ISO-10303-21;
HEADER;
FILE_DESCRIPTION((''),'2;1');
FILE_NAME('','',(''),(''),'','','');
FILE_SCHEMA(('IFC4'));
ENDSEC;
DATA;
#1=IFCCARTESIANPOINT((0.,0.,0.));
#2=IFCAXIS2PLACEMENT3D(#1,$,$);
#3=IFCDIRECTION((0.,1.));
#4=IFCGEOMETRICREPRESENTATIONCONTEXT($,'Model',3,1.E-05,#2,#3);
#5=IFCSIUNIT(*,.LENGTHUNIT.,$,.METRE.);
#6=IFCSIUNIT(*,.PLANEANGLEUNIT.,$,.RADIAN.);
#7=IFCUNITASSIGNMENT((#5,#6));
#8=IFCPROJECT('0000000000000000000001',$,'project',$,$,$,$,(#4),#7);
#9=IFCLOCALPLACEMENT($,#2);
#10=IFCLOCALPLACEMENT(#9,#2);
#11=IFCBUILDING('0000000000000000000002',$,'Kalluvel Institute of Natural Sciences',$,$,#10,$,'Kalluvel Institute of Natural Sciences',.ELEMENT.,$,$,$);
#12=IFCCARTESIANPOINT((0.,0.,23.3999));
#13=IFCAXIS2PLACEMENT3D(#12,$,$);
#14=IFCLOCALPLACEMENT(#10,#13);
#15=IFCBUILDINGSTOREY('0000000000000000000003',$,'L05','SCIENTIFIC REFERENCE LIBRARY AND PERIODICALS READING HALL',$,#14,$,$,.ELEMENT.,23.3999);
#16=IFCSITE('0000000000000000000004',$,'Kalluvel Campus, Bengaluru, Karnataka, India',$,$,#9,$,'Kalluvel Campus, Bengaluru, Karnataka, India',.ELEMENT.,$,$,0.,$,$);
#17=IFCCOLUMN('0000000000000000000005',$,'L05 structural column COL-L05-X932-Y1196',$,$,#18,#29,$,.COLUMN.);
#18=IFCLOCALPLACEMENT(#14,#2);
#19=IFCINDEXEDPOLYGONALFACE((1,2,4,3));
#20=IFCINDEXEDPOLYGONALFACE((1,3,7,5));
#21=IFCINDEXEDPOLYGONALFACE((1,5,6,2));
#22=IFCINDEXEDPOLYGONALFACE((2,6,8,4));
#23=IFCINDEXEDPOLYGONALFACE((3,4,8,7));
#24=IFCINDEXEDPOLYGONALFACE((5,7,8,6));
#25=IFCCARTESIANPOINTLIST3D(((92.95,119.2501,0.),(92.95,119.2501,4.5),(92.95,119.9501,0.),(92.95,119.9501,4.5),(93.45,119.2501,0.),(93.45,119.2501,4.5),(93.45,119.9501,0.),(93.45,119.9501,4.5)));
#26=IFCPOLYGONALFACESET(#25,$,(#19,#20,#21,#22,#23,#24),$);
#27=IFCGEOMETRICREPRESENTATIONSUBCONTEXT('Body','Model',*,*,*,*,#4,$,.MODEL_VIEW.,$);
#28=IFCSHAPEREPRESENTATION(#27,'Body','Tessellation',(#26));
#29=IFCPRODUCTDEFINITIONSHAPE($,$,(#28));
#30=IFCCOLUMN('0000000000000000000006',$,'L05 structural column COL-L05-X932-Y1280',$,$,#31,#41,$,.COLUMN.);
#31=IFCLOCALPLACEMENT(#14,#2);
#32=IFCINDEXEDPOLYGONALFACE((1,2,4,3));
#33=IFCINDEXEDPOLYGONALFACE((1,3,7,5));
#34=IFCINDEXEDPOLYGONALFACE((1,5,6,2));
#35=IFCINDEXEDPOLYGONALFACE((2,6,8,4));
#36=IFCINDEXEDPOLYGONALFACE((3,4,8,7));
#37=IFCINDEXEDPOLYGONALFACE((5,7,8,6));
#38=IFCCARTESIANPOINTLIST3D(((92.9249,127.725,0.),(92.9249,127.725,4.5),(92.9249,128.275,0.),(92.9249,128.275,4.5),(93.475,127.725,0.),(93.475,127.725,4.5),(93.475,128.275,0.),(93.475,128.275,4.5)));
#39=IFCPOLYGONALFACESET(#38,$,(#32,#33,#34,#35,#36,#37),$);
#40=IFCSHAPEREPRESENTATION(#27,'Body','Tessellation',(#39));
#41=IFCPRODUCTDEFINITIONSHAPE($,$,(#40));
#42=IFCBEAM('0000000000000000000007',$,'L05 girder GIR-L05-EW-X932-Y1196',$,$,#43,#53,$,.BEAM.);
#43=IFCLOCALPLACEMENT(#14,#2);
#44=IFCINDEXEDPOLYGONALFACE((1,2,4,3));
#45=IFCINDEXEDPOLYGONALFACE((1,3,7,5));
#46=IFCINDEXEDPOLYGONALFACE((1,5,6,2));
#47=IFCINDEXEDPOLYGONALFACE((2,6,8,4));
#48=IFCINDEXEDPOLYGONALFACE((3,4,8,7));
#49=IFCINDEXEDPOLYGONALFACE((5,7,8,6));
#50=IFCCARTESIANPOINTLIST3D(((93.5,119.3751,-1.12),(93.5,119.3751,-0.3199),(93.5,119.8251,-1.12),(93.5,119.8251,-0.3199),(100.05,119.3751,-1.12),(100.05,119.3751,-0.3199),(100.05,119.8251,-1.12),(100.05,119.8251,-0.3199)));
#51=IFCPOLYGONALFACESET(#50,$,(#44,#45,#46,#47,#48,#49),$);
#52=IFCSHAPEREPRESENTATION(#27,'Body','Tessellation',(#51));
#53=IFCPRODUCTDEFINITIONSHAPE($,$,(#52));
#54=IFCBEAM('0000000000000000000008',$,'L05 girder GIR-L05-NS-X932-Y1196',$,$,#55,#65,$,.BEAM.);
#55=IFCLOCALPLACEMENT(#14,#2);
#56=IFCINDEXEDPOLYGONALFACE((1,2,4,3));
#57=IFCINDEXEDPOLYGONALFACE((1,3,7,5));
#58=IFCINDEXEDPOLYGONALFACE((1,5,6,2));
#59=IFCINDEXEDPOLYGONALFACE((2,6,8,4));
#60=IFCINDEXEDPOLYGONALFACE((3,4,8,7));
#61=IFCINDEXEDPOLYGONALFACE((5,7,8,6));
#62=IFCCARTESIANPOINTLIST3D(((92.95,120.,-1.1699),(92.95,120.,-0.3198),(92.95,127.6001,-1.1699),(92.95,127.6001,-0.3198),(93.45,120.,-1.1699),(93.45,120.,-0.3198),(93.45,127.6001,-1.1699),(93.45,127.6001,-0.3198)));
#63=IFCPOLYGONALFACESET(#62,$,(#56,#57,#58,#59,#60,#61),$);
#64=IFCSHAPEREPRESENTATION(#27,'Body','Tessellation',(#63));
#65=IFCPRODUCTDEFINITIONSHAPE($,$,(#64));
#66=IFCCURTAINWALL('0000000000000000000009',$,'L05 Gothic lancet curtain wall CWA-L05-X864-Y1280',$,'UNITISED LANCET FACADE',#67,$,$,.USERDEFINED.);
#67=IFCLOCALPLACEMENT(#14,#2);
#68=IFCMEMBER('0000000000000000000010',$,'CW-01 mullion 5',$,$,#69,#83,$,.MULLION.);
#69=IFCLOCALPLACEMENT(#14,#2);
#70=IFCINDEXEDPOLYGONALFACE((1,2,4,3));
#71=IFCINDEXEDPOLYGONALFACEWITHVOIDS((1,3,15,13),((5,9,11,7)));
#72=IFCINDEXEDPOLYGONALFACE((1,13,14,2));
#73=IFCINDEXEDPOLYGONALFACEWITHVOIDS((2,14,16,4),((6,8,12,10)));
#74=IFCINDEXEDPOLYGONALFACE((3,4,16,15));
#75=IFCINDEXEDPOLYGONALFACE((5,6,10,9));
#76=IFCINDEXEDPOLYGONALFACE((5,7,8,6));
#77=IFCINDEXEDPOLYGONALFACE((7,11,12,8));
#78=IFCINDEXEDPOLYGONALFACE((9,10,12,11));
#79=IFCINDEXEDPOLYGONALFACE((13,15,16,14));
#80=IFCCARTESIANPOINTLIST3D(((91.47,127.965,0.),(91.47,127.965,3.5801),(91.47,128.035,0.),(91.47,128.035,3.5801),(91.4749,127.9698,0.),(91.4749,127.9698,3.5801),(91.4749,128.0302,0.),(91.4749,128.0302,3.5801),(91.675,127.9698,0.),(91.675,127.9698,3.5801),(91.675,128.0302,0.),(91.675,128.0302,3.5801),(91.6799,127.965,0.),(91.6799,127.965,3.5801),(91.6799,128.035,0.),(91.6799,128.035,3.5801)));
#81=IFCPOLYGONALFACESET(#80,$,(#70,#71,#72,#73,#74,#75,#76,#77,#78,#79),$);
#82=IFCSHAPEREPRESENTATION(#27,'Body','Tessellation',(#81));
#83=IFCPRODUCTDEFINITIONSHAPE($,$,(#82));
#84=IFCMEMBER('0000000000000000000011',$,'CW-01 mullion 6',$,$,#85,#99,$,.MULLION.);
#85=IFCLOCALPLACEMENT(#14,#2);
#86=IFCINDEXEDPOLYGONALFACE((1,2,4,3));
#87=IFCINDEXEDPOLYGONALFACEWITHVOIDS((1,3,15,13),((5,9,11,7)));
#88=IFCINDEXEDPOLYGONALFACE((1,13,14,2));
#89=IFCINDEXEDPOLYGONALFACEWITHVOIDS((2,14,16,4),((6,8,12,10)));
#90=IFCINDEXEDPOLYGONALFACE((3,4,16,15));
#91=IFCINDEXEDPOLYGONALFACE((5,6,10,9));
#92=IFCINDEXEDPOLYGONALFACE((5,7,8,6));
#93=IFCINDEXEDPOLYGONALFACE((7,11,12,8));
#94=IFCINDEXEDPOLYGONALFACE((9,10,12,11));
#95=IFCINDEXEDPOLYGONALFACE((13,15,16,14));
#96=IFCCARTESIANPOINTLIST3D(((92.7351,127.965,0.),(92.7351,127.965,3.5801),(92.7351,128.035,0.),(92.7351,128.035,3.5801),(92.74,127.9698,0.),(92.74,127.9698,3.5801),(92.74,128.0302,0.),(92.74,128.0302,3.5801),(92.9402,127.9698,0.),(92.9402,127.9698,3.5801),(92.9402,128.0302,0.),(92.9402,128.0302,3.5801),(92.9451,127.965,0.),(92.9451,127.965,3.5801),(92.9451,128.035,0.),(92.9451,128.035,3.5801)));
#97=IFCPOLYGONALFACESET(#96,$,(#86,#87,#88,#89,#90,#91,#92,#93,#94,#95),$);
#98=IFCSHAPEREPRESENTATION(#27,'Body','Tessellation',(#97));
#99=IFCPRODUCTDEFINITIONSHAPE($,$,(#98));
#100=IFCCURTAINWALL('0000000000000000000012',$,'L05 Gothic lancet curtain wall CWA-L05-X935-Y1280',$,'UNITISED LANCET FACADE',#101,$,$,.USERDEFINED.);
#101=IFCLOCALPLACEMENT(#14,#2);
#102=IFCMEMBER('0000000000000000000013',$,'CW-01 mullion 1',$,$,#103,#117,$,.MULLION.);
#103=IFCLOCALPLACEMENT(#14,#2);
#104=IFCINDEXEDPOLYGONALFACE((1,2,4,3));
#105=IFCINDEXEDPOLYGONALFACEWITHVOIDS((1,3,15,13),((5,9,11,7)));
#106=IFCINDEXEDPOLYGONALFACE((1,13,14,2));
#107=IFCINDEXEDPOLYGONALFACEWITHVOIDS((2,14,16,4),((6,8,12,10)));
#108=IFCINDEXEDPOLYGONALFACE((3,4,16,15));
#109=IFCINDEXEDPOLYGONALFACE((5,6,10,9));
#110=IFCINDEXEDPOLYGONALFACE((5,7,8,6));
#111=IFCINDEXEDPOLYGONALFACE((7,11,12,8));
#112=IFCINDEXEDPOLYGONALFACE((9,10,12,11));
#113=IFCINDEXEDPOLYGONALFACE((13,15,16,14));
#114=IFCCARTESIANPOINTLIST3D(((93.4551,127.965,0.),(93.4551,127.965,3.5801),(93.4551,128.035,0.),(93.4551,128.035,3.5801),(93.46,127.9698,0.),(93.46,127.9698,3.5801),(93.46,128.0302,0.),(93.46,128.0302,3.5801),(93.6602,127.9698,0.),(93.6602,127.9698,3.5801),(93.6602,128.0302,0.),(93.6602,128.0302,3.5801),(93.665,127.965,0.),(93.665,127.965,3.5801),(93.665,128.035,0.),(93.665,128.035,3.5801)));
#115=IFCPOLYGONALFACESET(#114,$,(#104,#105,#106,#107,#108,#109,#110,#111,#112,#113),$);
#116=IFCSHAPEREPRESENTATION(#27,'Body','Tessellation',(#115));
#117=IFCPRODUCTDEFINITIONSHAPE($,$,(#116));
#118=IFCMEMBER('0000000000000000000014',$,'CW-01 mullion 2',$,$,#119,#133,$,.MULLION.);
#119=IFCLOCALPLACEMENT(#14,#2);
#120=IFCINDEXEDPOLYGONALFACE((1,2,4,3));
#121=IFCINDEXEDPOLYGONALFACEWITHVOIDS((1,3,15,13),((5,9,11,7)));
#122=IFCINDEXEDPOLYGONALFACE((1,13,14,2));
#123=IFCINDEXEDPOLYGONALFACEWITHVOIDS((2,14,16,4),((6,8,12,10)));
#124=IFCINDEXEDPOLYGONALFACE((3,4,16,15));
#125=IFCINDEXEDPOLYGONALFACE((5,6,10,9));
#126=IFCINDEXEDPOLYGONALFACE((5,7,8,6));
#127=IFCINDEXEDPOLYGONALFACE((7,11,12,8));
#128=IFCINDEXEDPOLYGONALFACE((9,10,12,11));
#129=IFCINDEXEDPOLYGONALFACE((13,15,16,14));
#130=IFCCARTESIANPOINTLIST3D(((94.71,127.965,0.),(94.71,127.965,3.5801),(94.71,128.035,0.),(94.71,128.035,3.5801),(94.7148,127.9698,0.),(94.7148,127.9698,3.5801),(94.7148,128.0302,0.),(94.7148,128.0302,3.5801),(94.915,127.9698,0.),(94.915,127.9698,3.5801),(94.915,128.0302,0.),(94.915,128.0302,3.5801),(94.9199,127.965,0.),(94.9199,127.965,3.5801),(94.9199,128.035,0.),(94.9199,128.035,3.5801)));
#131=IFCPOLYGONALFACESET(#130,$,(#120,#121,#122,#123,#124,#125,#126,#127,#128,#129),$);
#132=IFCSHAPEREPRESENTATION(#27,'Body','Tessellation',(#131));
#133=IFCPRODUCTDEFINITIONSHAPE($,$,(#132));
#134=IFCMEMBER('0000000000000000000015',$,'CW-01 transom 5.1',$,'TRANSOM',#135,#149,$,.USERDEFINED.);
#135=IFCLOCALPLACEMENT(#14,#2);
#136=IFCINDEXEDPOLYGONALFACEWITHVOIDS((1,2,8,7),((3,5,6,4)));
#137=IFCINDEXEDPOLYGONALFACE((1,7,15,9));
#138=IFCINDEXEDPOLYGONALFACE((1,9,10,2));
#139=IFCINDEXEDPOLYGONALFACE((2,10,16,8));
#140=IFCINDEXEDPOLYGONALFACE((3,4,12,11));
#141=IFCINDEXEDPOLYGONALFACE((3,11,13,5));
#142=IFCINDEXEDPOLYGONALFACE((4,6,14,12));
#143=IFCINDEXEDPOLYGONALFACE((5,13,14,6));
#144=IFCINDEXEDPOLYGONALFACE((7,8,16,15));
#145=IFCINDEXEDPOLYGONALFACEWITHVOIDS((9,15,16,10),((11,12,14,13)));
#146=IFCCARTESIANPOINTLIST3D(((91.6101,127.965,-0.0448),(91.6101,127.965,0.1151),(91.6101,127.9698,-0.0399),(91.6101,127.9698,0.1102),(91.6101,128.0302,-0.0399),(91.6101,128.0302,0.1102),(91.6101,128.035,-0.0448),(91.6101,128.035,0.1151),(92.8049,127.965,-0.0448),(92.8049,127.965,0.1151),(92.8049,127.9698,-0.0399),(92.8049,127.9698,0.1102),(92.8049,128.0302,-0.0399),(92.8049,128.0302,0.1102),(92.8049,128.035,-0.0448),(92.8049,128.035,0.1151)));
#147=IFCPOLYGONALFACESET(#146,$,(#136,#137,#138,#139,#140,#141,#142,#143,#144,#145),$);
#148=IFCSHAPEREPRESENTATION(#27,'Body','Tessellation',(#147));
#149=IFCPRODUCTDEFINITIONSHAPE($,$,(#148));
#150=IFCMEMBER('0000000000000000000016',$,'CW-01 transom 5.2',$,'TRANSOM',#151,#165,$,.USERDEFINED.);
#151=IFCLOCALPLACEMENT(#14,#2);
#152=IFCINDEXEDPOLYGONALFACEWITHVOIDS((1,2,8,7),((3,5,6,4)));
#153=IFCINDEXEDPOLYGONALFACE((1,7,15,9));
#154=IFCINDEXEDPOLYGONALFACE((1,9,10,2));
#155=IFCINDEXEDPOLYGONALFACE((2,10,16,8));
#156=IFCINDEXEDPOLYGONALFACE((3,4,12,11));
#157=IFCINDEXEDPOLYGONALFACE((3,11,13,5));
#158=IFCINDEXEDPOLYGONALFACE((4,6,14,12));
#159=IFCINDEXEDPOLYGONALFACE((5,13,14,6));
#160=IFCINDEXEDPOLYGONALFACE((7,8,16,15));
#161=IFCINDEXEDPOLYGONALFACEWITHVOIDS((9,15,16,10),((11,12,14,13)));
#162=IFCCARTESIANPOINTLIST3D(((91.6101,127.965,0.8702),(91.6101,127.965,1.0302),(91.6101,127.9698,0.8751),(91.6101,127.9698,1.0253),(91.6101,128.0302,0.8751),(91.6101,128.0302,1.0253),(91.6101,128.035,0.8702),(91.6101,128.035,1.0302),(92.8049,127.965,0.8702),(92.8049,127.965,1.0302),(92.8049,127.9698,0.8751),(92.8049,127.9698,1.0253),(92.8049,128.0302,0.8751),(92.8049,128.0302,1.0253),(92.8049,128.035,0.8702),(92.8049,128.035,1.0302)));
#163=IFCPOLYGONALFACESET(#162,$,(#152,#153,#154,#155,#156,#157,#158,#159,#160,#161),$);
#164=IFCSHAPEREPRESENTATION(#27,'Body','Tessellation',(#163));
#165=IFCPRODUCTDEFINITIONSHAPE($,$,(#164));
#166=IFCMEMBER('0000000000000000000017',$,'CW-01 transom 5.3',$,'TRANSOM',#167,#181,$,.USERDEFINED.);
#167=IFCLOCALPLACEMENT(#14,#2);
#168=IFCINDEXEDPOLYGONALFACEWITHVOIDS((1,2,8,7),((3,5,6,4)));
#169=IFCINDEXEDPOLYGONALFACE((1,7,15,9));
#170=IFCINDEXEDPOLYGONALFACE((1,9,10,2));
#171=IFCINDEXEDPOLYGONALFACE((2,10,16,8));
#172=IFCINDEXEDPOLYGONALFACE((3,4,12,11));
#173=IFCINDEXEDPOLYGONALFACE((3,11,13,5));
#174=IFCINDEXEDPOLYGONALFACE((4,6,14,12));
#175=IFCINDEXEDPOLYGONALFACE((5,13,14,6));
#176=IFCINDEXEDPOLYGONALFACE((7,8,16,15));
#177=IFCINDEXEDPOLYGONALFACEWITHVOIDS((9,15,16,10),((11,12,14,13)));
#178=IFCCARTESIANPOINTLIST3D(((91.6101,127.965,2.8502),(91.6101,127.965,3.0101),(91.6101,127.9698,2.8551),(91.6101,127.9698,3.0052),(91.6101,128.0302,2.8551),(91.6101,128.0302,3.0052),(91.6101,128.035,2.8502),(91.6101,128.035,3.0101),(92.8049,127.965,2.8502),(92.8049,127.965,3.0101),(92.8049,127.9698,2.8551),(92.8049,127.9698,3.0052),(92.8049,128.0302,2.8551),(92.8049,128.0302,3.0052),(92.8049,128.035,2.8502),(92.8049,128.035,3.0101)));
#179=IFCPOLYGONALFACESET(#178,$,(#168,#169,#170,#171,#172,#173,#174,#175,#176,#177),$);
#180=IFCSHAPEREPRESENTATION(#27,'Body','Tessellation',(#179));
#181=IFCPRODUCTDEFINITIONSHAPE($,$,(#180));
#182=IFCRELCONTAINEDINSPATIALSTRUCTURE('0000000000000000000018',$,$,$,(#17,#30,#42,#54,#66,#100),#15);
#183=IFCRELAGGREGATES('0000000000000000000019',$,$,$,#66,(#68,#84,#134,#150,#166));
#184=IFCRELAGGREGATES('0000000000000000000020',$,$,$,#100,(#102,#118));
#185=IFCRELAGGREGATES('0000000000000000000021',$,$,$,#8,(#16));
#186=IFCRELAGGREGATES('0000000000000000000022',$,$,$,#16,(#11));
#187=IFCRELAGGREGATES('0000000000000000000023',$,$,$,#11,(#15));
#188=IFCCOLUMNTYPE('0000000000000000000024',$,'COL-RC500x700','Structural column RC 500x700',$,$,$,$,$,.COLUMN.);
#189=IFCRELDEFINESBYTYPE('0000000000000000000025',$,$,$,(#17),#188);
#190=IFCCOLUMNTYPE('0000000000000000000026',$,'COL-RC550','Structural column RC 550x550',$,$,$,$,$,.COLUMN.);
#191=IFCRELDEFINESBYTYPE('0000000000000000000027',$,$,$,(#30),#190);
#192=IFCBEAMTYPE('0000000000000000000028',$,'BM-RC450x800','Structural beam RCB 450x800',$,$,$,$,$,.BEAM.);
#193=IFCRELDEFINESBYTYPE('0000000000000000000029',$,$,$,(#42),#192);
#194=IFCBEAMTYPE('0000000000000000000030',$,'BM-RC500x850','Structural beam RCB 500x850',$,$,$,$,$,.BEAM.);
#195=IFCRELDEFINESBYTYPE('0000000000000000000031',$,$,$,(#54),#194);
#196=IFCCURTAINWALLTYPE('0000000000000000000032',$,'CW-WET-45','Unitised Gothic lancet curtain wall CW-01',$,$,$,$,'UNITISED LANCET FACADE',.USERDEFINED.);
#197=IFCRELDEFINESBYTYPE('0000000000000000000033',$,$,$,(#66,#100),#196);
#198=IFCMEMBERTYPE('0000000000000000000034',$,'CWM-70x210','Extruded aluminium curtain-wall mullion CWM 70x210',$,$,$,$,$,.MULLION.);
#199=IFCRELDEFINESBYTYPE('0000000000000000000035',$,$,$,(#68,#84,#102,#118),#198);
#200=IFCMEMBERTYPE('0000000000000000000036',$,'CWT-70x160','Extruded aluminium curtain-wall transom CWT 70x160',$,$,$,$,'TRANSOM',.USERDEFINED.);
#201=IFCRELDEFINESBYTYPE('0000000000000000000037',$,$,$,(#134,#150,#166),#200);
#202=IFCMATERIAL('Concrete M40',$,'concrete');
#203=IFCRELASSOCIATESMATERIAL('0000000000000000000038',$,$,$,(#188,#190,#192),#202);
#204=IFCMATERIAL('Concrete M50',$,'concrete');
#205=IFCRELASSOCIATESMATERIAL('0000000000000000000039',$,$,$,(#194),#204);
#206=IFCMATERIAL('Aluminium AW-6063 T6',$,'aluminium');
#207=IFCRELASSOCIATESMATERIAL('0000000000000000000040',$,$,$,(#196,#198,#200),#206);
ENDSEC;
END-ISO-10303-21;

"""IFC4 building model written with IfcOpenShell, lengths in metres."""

from ifc_helpers import new_model, si_unit, direction, frame, origin, origin_2d, place, context, subcontext, project, spatial, rectangle, hollow_rectangle, extrude, material, material_profile, profile_set, type_object, element, aggregate, save


model = new_model("IFC4")

# Units and contexts
model_context = context("Model", 3, precision=1e-05, world=origin(), true_north=direction((0.0, 1.0)))
body_context = subcontext(model_context, "Body", "Model", "MODEL_VIEW")
ifc_project = project(units=[si_unit("LENGTHUNIT", "METRE"), si_unit("PLANEANGLEUNIT", "RADIAN")], contexts=[model_context])

# Site, building, storey
site_placement = place(None, origin())
site = spatial("IfcSite", under=ifc_project, at=site_placement, Name="Kalluvel Campus, Bengaluru, Karnataka, India", LongName="Kalluvel Campus, Bengaluru, Karnataka, India", CompositionType="ELEMENT", RefElevation=0.0)
building_placement = place(site_placement, origin())
building = spatial("IfcBuilding", under=site, at=building_placement, Name="Kalluvel Institute of Natural Sciences", LongName="Kalluvel Institute of Natural Sciences", CompositionType="ELEMENT")
storey_placement = place(building_placement, frame((0.0, 0.0, 23.3999)))
storey = spatial("IfcBuildingStorey", under=building, at=storey_placement, Name="L05", Description="SCIENTIFIC REFERENCE LIBRARY AND PERIODICALS READING HALL", CompositionType="ELEMENT", Elevation=23.3999)

# Columns
ifc_material_1 = material(Name="Concrete M40", Category="concrete")
ifc_material_profile_1 = material_profile(ifc_material_1, rectangle(XDim=0.5, YDim=0.7, at=origin_2d()), Name="RC 500x700")
ifc_profile_set_1 = profile_set([ifc_material_profile_1], Name="Concrete M40")
column_type_1 = type_object("IfcColumnType", Name="COL-RC500x700", Description="Structural column RC 500x700", PredefinedType="COLUMN", material=ifc_profile_set_1)
column_1_placement = place(storey_placement, frame((93.2, 119.6001, 0.0), z_axis=(0.0, 0.0, 1.0), x_axis=(1.0, 0.0, 0.0)))
element("IfcColumn", 1, at=column_1_placement, inside=storey, type_object=column_type_1, Name="L05 structural column COL-L05-X932-Y1196", PredefinedType="COLUMN", context=body_context, shape_type="SweptSolid", body=[
    extrude(rectangle(XDim=0.5, YDim=0.7, at=origin_2d()), origin(), (0.0, 0.0, 1.0), 4.5),
])
ifc_material_profile_2 = material_profile(ifc_material_1, rectangle(XDim=0.55, YDim=0.55, at=origin_2d()), Name="RC 550x550")
ifc_profile_set_2 = profile_set([ifc_material_profile_2], Name="Concrete M40")
column_type_2 = type_object("IfcColumnType", Name="COL-RC550", Description="Structural column RC 550x550", PredefinedType="COLUMN", material=ifc_profile_set_2)
column_2_placement = place(storey_placement, frame((93.2, 128.0, 0.0), z_axis=(0.0, 0.0, 1.0), x_axis=(1.0, 0.0, 0.0)))
element("IfcColumn", 2, at=column_2_placement, inside=storey, type_object=column_type_2, Name="L05 structural column COL-L05-X932-Y1280", PredefinedType="COLUMN", context=body_context, shape_type="SweptSolid", body=[
    extrude(rectangle(XDim=0.55, YDim=0.55, at=origin_2d()), origin(), (0.0, 0.0, 1.0), 4.5),
])

# Beams
ifc_material_profile_3 = material_profile(ifc_material_1, rectangle(XDim=0.45, YDim=0.8, at=origin_2d()), Name="RCB 450x800")
ifc_profile_set_3 = profile_set([ifc_material_profile_3], Name="Concrete M40")
beam_type_1 = type_object("IfcBeamType", Name="BM-RC450x800", Description="Structural beam RCB 450x800", PredefinedType="BEAM", material=ifc_profile_set_3)
beam_1_placement = place(storey_placement, frame((93.5, 119.6001, -0.72), z_axis=(1.0, 0.0, 0.0), x_axis=(0.0, 1.0, 0.0)))
element("IfcBeam", 3, at=beam_1_placement, inside=storey, type_object=beam_type_1, Name="L05 girder GIR-L05-EW-X932-Y1196", PredefinedType="BEAM", context=body_context, shape_type="SweptSolid", body=[
    extrude(rectangle(XDim=0.45, YDim=0.8, at=origin_2d()), origin(), (0.0, 0.0, 1.0), 6.55),
])
ifc_material_2 = material(Name="Concrete M50", Category="concrete")
ifc_material_profile_4 = material_profile(ifc_material_2, rectangle(XDim=0.5, YDim=0.8501, at=origin_2d()), Name="RCB 500x850")
ifc_profile_set_4 = profile_set([ifc_material_profile_4], Name="Concrete M50")
beam_type_2 = type_object("IfcBeamType", Name="BM-RC500x850", Description="Structural beam RCB 500x850", PredefinedType="BEAM", material=ifc_profile_set_4)
beam_2_placement = place(storey_placement, frame((93.2, 120.0, -0.7449), z_axis=(0.0, 1.0, 0.0), x_axis=(-1.0, 0.0, 0.0)))
element("IfcBeam", 4, at=beam_2_placement, inside=storey, type_object=beam_type_2, Name="L05 girder GIR-L05-NS-X932-Y1196", PredefinedType="BEAM", context=body_context, shape_type="SweptSolid", body=[
    extrude(rectangle(XDim=0.5, YDim=0.8501, at=origin_2d()), origin(), (0.0, 0.0, 1.0), 7.6001),
])

# Curtain walls, members
ifc_material_3 = material(Name="Aluminium AW-6063 T6", Category="aluminium")
curtain_wall_type = type_object("IfcCurtainWallType", Name="CW-WET-45", Description="Unitised Gothic lancet curtain wall CW-01", ElementType="UNITISED LANCET FACADE", PredefinedType="USERDEFINED", material=ifc_material_3)
curtain_wall_1_placement = place(storey_placement, origin())
curtain_wall_1 = element("IfcCurtainWall", 5, at=curtain_wall_1_placement, inside=storey, type_object=curtain_wall_type, Name="L05 Gothic lancet curtain wall CWA-L05-X864-Y1280", ObjectType="UNITISED LANCET FACADE", PredefinedType="USERDEFINED")
ifc_material_profile_5 = material_profile(ifc_material_3, hollow_rectangle(XDim=0.0701, YDim=0.21, WallThickness=0.0049, at=origin_2d()), Name="CWM 70x210")
ifc_profile_set_5 = profile_set([ifc_material_profile_5], Name="Aluminium AW-6063 T6")
member_type_1 = type_object("IfcMemberType", Name="CWM-70x210", Description="Extruded aluminium curtain-wall mullion CWM 70x210", PredefinedType="MULLION", material=ifc_profile_set_5)
member_1_placement = place(storey_placement, frame((91.575, 128.0, 0.0), z_axis=(0.0, 0.0, 1.0), x_axis=(0.0, 1.0, 0.0)))
member_1 = element("IfcMember", 6, at=member_1_placement, type_object=member_type_1, Name="CW-01 mullion 5", PredefinedType="MULLION", context=body_context, shape_type="SweptSolid", body=[
    extrude(hollow_rectangle(XDim=0.0701, YDim=0.21, WallThickness=0.0049, at=origin_2d()), origin(), (0.0, 0.0, 1.0), 3.5801),
])
member_2_placement = place(storey_placement, frame((92.8401, 128.0, 0.0), z_axis=(0.0, 0.0, 1.0), x_axis=(0.0, 1.0, 0.0)))
member_2 = element("IfcMember", 7, at=member_2_placement, type_object=member_type_1, Name="CW-01 mullion 6", PredefinedType="MULLION", context=body_context, shape_type="SweptSolid", body=[
    extrude(hollow_rectangle(XDim=0.0701, YDim=0.21, WallThickness=0.0049, at=origin_2d()), origin(), (0.0, 0.0, 1.0), 3.5801),
])
curtain_wall_2_placement = place(storey_placement, origin())
curtain_wall_2 = element("IfcCurtainWall", 8, at=curtain_wall_2_placement, inside=storey, type_object=curtain_wall_type, Name="L05 Gothic lancet curtain wall CWA-L05-X935-Y1280", ObjectType="UNITISED LANCET FACADE", PredefinedType="USERDEFINED")
member_3_placement = place(storey_placement, frame((93.5601, 128.0, 0.0), z_axis=(0.0, 0.0, 1.0), x_axis=(0.0, 1.0, 0.0)))
member_3 = element("IfcMember", 9, at=member_3_placement, type_object=member_type_1, Name="CW-01 mullion 1", PredefinedType="MULLION", context=body_context, shape_type="SweptSolid", body=[
    extrude(hollow_rectangle(XDim=0.0701, YDim=0.21, WallThickness=0.0049, at=origin_2d()), origin(), (0.0, 0.0, 1.0), 3.5801),
])
member_4_placement = place(storey_placement, frame((94.8149, 128.0, 0.0), z_axis=(0.0, 0.0, 1.0), x_axis=(0.0, 1.0, 0.0)))
member_4 = element("IfcMember", 10, at=member_4_placement, type_object=member_type_1, Name="CW-01 mullion 2", PredefinedType="MULLION", context=body_context, shape_type="SweptSolid", body=[
    extrude(hollow_rectangle(XDim=0.0701, YDim=0.21, WallThickness=0.0049, at=origin_2d()), origin(), (0.0, 0.0, 1.0), 3.5801),
])

# Members
ifc_material_profile_6 = material_profile(ifc_material_3, hollow_rectangle(XDim=0.0701, YDim=0.1599, WallThickness=0.0049, at=origin_2d()), Name="CWT 70x160")
ifc_profile_set_6 = profile_set([ifc_material_profile_6], Name="Aluminium AW-6063 T6")
member_type_2 = type_object("IfcMemberType", Name="CWT-70x160", Description="Extruded aluminium curtain-wall transom CWT 70x160", ElementType="TRANSOM", PredefinedType="USERDEFINED", material=ifc_profile_set_6)
member_5_placement = place(storey_placement, frame((91.6101, 128.0, 0.0352), z_axis=(1.0, 0.0, 0.0), x_axis=(0.0, 1.0, 0.0)))
member_5 = element("IfcMember", 11, at=member_5_placement, type_object=member_type_2, Name="CW-01 transom 5.1", ObjectType="TRANSOM", PredefinedType="USERDEFINED", context=body_context, shape_type="SweptSolid", body=[
    extrude(hollow_rectangle(XDim=0.0701, YDim=0.1599, WallThickness=0.0049, at=origin_2d()), origin(), (0.0, 0.0, 1.0), 1.1948),
])
member_6_placement = place(storey_placement, frame((91.6101, 128.0, 0.9502), z_axis=(1.0, 0.0, 0.0), x_axis=(0.0, 1.0, 0.0)))
member_6 = element("IfcMember", 12, at=member_6_placement, type_object=member_type_2, Name="CW-01 transom 5.2", ObjectType="TRANSOM", PredefinedType="USERDEFINED", context=body_context, shape_type="SweptSolid", body=[
    extrude(hollow_rectangle(XDim=0.0701, YDim=0.1599, WallThickness=0.0049, at=origin_2d()), origin(), (0.0, 0.0, 1.0), 1.1948),
])
member_7_placement = place(storey_placement, frame((91.6101, 128.0, 2.9302), z_axis=(1.0, 0.0, 0.0), x_axis=(0.0, 1.0, 0.0)))
member_7 = element("IfcMember", 13, at=member_7_placement, type_object=member_type_2, Name="CW-01 transom 5.3", ObjectType="TRANSOM", PredefinedType="USERDEFINED", context=body_context, shape_type="SweptSolid", body=[
    extrude(hollow_rectangle(XDim=0.0701, YDim=0.1599, WallThickness=0.0049, at=origin_2d()), origin(), (0.0, 0.0, 1.0), 1.1948),
])

aggregate(curtain_wall_1, [member_1, member_2, member_5, member_6, member_7])
aggregate(curtain_wall_2, [member_3, member_4])

save(model, "model.ifc")
